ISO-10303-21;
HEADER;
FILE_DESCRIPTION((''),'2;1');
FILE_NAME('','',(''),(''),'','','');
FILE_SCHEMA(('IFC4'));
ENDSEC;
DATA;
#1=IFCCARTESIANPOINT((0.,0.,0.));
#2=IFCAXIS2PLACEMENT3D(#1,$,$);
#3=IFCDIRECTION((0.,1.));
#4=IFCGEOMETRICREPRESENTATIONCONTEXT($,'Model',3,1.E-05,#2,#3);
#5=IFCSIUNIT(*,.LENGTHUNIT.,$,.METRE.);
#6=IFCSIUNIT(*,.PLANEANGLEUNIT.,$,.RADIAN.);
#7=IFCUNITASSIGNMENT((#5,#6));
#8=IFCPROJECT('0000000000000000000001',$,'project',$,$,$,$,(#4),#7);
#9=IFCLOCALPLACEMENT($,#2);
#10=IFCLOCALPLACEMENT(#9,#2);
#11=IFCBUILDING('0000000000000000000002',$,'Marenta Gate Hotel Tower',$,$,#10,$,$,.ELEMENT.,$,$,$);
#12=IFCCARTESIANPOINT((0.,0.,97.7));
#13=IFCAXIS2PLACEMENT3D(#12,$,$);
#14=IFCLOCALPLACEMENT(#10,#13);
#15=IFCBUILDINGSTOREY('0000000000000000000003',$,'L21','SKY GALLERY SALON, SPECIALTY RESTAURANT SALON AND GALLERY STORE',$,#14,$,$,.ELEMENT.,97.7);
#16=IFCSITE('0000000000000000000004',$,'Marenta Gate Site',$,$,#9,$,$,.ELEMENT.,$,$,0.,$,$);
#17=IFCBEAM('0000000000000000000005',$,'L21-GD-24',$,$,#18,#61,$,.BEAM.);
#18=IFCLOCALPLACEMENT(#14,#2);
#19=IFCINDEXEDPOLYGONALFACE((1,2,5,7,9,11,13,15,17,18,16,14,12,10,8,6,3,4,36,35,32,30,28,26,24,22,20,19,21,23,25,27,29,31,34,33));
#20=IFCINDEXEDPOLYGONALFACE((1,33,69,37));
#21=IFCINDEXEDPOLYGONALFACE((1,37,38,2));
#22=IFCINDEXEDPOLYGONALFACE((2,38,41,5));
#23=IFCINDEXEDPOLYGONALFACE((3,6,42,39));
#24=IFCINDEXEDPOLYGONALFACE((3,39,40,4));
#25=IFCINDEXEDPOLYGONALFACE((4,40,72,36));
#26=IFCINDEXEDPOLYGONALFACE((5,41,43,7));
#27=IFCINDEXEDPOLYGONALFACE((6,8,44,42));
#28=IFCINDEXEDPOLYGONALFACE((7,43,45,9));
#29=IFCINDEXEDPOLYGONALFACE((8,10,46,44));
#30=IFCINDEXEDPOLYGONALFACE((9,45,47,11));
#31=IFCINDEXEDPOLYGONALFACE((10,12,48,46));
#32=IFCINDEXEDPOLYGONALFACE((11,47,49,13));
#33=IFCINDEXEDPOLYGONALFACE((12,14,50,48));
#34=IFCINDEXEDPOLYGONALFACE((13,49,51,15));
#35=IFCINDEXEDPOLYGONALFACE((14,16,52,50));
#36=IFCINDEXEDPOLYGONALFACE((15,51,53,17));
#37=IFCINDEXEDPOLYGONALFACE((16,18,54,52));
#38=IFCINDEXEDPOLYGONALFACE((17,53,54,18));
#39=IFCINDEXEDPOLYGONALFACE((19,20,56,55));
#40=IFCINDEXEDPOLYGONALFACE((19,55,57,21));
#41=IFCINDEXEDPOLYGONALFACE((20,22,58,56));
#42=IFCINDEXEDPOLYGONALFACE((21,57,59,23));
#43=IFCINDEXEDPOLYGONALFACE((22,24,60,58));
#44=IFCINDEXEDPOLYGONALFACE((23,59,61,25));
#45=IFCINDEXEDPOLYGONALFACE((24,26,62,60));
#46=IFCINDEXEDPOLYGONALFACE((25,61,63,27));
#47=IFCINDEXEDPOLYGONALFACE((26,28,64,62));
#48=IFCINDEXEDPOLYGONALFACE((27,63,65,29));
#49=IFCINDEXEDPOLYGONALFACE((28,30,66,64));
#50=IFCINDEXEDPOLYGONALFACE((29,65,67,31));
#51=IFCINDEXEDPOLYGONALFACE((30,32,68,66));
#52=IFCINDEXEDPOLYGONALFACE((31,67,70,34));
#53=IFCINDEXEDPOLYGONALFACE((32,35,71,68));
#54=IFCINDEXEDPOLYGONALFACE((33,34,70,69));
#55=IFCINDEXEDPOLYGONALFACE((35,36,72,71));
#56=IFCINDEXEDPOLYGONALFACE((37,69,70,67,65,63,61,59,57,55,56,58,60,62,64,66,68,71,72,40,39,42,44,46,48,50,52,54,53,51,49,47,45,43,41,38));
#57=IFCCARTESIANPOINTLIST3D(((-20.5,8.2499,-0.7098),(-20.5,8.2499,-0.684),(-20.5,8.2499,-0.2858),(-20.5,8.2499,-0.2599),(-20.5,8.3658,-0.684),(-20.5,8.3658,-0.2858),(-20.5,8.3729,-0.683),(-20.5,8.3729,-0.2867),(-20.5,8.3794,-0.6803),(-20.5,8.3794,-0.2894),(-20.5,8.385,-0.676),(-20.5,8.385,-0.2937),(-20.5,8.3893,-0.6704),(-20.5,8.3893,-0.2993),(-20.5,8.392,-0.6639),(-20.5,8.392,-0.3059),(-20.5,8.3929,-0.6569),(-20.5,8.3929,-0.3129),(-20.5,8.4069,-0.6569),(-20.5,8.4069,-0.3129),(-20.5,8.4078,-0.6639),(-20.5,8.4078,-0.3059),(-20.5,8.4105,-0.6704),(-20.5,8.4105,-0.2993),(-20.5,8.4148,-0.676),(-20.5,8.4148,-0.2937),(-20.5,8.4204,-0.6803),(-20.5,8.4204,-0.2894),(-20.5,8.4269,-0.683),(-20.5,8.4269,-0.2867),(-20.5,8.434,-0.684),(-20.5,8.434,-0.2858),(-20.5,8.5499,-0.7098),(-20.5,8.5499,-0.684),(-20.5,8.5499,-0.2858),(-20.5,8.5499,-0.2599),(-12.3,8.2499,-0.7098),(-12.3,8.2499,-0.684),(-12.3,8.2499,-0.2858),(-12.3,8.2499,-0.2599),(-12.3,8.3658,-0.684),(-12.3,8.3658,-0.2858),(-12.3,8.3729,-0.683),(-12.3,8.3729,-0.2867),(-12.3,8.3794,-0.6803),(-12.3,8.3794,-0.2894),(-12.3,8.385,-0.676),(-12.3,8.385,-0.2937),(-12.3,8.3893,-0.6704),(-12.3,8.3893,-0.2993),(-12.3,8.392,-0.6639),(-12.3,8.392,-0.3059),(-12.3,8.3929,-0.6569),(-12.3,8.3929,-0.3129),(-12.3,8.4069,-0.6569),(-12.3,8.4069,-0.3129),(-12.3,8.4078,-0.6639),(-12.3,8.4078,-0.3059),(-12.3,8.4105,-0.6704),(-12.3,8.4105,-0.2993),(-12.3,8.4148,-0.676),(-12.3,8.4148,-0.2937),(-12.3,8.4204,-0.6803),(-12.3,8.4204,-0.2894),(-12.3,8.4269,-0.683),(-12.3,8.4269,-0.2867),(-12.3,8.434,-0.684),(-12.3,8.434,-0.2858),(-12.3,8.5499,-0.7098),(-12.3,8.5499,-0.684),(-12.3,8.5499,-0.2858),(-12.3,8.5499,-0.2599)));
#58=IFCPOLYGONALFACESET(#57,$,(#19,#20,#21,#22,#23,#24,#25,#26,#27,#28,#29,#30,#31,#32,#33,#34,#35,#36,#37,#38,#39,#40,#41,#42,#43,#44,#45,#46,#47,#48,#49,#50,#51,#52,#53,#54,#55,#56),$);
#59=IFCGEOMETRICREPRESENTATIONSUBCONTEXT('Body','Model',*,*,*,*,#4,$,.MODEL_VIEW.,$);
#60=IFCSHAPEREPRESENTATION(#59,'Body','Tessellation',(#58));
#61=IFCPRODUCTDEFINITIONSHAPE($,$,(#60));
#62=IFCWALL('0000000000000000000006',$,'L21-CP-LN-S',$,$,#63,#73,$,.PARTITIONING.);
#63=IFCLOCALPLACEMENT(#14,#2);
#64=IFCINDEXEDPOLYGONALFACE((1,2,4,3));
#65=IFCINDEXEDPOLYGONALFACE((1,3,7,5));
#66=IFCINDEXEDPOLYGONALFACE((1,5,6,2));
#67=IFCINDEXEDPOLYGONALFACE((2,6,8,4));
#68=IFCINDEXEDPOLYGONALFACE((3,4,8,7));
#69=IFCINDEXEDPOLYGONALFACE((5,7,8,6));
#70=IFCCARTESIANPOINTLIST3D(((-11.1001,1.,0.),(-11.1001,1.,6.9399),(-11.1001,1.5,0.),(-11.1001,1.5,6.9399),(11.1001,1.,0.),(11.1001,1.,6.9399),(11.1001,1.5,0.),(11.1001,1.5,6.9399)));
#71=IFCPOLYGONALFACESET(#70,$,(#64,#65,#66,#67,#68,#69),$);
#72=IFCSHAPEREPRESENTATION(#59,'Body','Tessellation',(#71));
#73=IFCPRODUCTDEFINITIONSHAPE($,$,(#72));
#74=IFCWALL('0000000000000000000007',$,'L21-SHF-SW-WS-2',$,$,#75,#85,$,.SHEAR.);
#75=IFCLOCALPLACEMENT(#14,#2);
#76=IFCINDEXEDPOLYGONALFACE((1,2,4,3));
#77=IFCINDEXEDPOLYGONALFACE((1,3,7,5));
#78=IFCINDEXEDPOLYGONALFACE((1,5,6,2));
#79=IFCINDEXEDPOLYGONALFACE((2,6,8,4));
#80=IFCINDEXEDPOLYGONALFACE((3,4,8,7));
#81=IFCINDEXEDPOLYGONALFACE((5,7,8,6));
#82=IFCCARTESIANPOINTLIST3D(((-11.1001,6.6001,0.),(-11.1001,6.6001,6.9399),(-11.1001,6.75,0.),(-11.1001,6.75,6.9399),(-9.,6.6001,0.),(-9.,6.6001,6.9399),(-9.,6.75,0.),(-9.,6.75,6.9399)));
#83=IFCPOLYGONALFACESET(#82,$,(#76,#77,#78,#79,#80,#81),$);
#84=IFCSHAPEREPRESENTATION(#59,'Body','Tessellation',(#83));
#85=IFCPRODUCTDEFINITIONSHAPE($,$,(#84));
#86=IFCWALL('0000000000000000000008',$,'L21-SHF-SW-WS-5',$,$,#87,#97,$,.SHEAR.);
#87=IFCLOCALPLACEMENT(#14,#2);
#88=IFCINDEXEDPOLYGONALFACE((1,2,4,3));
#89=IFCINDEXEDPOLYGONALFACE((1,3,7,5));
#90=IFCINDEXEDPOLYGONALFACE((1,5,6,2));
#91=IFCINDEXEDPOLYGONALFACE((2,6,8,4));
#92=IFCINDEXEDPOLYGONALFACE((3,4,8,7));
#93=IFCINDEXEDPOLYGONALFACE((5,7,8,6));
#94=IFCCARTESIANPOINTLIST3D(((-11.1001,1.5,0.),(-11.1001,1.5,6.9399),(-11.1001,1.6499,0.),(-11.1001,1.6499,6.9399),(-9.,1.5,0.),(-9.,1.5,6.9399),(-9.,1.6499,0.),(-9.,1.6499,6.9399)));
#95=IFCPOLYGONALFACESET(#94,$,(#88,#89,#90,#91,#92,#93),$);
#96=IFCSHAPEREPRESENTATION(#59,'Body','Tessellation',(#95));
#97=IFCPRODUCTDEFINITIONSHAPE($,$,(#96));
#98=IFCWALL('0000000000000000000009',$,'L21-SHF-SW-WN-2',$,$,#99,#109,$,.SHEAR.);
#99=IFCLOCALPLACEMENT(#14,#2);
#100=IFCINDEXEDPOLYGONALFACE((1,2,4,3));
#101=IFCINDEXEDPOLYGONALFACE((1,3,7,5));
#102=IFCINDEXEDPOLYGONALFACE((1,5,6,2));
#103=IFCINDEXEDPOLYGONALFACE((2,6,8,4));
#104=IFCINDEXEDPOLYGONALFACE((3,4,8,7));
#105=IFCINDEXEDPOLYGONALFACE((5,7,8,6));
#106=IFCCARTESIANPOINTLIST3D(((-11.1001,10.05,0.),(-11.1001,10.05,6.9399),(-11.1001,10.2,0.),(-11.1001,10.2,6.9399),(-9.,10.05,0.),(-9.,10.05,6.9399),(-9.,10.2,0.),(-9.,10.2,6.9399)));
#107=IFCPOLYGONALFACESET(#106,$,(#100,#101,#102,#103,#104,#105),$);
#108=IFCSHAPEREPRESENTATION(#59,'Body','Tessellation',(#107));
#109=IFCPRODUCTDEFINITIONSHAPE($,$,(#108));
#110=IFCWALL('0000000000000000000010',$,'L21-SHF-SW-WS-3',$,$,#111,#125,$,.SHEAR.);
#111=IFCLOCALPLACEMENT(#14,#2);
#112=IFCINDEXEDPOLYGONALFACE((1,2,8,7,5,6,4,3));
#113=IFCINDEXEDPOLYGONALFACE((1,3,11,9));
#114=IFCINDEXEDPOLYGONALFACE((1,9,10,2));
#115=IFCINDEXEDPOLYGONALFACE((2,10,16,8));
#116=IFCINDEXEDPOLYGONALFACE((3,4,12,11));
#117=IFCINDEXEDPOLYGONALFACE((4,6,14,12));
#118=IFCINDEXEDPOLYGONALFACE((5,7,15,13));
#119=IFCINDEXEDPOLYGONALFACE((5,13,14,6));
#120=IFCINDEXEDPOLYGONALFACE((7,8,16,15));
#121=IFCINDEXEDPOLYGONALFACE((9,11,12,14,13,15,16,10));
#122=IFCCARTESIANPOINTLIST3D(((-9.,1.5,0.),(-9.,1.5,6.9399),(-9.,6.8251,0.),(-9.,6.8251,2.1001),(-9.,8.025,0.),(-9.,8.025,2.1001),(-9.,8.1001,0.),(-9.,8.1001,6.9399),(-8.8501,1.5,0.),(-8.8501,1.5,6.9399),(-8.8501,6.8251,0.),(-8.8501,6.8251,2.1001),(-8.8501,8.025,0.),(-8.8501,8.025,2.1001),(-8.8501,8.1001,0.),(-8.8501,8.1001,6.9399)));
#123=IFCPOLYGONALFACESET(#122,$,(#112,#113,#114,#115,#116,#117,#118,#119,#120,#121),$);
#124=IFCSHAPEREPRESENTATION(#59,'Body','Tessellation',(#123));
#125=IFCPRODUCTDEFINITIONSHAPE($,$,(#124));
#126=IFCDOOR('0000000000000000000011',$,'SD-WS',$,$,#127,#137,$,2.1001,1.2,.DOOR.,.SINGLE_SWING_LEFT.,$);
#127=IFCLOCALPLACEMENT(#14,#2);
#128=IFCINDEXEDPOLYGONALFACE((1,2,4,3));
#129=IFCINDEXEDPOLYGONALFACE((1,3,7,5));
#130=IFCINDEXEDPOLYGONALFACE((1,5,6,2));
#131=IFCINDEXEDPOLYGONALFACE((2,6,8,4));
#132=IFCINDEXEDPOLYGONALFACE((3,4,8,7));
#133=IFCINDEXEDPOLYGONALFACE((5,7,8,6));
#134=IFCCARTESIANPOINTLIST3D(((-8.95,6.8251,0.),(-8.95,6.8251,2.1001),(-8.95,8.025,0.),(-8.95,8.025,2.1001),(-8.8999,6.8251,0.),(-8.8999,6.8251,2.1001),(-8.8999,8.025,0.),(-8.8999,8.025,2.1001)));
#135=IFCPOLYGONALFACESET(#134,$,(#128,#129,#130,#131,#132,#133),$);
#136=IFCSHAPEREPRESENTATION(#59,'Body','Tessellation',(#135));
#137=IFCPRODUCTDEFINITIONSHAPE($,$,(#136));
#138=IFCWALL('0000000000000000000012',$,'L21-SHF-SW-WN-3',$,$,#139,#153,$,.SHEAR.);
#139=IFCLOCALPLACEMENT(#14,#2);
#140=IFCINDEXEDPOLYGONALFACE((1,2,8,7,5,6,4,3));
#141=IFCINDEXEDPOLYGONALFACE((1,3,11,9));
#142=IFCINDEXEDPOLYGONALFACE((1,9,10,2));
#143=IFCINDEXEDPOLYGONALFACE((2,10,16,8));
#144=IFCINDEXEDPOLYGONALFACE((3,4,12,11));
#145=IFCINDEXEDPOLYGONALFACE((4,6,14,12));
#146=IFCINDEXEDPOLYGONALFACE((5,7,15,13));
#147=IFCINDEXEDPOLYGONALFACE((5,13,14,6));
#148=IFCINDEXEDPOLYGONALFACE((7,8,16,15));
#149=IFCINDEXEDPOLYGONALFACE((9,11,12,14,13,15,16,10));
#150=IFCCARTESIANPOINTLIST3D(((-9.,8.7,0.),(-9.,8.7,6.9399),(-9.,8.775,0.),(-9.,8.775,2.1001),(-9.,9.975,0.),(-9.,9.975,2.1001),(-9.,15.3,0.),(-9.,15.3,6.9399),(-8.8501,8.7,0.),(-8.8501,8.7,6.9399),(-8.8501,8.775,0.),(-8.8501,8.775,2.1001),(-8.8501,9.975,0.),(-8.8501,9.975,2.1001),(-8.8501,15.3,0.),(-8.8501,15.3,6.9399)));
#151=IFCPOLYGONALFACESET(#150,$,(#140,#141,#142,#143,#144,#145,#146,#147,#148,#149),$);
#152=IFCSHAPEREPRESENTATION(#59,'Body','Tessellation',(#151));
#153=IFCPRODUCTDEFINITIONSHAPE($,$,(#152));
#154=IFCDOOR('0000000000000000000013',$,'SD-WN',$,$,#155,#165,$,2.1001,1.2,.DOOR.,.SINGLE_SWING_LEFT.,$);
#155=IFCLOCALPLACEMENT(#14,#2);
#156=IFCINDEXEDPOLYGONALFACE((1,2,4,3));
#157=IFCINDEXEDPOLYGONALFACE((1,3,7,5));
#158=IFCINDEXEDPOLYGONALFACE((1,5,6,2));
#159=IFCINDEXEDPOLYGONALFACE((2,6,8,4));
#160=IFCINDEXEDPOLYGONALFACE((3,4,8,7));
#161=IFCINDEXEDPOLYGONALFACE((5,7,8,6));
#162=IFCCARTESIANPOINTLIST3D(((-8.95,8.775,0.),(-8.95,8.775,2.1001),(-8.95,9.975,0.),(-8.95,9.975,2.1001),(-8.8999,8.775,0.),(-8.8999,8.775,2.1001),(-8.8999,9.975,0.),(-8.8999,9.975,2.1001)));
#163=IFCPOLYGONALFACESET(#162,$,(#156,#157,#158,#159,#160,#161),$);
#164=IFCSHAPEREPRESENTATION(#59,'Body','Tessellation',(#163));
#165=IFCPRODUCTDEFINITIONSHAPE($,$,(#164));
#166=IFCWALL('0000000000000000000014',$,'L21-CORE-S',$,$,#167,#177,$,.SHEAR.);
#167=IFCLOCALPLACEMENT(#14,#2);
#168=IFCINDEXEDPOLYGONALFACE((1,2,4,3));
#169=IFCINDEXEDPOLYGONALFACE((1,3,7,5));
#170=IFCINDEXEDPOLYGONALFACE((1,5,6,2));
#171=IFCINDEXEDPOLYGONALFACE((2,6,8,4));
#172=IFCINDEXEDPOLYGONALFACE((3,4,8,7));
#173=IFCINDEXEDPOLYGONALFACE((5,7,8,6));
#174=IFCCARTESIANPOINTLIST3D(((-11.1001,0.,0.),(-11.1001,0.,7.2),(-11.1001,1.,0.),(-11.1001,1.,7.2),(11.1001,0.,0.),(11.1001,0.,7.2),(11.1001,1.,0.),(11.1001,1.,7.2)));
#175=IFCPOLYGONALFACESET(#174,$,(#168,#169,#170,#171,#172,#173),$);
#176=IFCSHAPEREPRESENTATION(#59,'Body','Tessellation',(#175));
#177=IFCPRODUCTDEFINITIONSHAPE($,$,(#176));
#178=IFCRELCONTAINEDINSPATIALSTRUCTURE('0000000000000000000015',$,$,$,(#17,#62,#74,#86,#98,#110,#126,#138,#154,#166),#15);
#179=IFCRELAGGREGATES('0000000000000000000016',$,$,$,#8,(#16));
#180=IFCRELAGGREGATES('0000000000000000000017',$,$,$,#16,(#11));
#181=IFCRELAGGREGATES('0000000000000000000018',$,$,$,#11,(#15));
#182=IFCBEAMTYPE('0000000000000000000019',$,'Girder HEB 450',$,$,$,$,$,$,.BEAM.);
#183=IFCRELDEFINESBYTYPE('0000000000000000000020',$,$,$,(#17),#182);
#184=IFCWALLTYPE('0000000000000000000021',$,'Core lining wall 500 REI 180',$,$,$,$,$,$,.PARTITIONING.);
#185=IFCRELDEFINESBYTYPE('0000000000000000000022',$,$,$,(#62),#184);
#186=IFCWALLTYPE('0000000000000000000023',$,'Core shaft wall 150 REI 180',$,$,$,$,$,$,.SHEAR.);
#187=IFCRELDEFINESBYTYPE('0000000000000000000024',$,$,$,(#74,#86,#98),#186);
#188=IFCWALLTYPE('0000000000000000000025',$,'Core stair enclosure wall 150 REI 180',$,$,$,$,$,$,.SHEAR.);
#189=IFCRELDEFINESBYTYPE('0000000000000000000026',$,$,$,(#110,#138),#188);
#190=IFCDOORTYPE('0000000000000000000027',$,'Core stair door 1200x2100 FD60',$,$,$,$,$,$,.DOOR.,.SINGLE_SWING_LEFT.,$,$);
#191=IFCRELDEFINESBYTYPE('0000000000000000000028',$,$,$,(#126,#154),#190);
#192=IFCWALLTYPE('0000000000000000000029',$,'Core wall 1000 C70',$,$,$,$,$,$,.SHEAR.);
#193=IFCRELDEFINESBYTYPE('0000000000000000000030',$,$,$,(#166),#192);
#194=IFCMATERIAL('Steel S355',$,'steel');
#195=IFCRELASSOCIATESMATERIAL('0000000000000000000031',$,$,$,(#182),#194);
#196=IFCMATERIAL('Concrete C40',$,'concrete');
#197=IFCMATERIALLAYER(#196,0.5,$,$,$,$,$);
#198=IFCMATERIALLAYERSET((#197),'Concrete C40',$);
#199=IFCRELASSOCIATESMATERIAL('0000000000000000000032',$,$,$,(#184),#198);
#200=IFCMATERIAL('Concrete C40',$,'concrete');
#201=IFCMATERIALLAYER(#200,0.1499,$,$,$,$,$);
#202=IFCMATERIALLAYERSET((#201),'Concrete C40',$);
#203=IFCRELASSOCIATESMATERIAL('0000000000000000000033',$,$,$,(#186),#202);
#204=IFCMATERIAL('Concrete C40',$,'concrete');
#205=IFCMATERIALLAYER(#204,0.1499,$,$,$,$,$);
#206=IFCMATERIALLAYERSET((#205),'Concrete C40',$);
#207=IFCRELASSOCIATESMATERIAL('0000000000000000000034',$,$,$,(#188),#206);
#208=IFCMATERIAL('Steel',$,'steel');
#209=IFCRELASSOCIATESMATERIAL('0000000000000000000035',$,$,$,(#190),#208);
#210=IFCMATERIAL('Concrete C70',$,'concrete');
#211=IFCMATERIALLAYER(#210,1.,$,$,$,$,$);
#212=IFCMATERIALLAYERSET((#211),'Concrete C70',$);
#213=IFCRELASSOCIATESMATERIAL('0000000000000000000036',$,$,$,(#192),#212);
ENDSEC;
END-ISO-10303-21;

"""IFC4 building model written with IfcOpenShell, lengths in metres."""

from ifc_helpers import new_model, si_unit, direction, frame, frame_2d, origin, origin_2d, place, context, subcontext, project, spatial, rectangle, i_section, extrude, material, layer, layer_set, material_profile, profile_set, type_object, element, fill, save


model = new_model("IFC4")

# Units and contexts
model_context = context("Model", 3, precision=1e-05, world=origin(), true_north=direction((0.0, 1.0)))
body_context = subcontext(model_context, "Body", "Model", "MODEL_VIEW")
ifc_project = project(units=[si_unit("LENGTHUNIT", "METRE"), si_unit("PLANEANGLEUNIT", "RADIAN")], contexts=[model_context])

# Site, building, storey
site_placement = place(None, origin())
site = spatial("IfcSite", under=ifc_project, at=site_placement, Name="Marenta Gate Site", CompositionType="ELEMENT", RefElevation=0.0)
building_placement = place(site_placement, origin())
building = spatial("IfcBuilding", under=site, at=building_placement, Name="Marenta Gate Hotel Tower", CompositionType="ELEMENT")
storey_placement = place(building_placement, frame((0.0, 0.0, 97.7)))
storey = spatial("IfcBuildingStorey", under=building, at=storey_placement, Name="L21", Description="SKY GALLERY SALON, SPECIALTY RESTAURANT SALON AND GALLERY STORE", CompositionType="ELEMENT", Elevation=97.7)

# Beam
ifc_material_1 = material(Name="Steel S355", Category="steel")
ifc_material_profile_1 = material_profile(ifc_material_1, i_section(OverallWidth=0.3, OverallDepth=0.45, WebThickness=0.0139, FlangeThickness=0.0259, FilletRadius=0.0271, at=origin_2d()), Name="HEB 450")
ifc_profile_set_1 = profile_set([ifc_material_profile_1], Name="Steel S355")
beam_type_1 = type_object("IfcBeamType", Name="Girder HEB 450", PredefinedType="BEAM", material=ifc_profile_set_1)
beam_1_placement = place(storey_placement, frame((-20.5, 8.3999, -0.4849), z_axis=(1.0, 0.0, 0.0), x_axis=(0.0, 1.0, 0.0)))
element("IfcBeam", 1, at=beam_1_placement, inside=storey, type_object=beam_type_1, Name="L21-GD-24", PredefinedType="BEAM", context=body_context, shape_type="SweptSolid", body=[
    extrude(i_section(OverallWidth=0.3, OverallDepth=0.45, WebThickness=0.0139, FlangeThickness=0.0259, FilletRadius=0.0271, at=origin_2d()), origin(), (0.0, 0.0, 1.0), 8.2),
])

# Walls
ifc_material_2 = material(Name="Concrete C40", Category="concrete")
ifc_layer_1 = layer(ifc_material_2, 0.5)
ifc_layer_set_1 = layer_set([ifc_layer_1], Name="Concrete C40")
wall_type_1 = type_object("IfcWallType", Name="Core lining wall 500 REI 180", PredefinedType="PARTITIONING", material=ifc_layer_set_1)
wall_1_placement = place(storey_placement, frame((-11.1001, 1.25, 0.0), z_axis=(0.0, 0.0, 1.0), x_axis=(1.0, 0.0, 0.0)))
element("IfcWall", 2, at=wall_1_placement, inside=storey, type_object=wall_type_1, Name="L21-CP-LN-S", PredefinedType="PARTITIONING", context=body_context, shape_type="SweptSolid", body=[
    extrude(rectangle(XDim=22.2002, YDim=0.5, at=frame_2d((11.1001, 0.0))), origin(), (0.0, 0.0, 1.0), 6.9399),
])
ifc_material_3 = material(Name="Concrete C40", Category="concrete")
ifc_layer_2 = layer(ifc_material_3, 0.1499)
ifc_layer_set_2 = layer_set([ifc_layer_2], Name="Concrete C40")
wall_type_2 = type_object("IfcWallType", Name="Core shaft wall 150 REI 180", PredefinedType="SHEAR", material=ifc_layer_set_2)
for number, where, z_axis, x_axis, name in (
    (3, (-11.1001, 6.675, 0.0), (0.0, 0.0, 1.0), (1.0, 0.0, 0.0), "L21-SHF-SW-WS-2"),
    (4, (-11.1001, 1.575, 0.0), (0.0, 0.0, 1.0), (1.0, 0.0, 0.0), "L21-SHF-SW-WS-5"),
    (5, (-11.1001, 10.125, 0.0), (0.0, 0.0, 1.0), (1.0, 0.0, 0.0), "L21-SHF-SW-WN-2"),
):
    element("IfcWall", number, at=place(storey_placement, frame(where, z_axis=z_axis, x_axis=x_axis)), inside=storey, type_object=wall_type_2, Name=name, PredefinedType="SHEAR", context=body_context, shape_type="SweptSolid", body=[
        extrude(rectangle(XDim=2.1001, YDim=0.1499, at=frame_2d((1.05, 0.0))), origin(), (0.0, 0.0, 1.0), 6.9399),
    ])

# Walls, openings, doors
ifc_material_4 = material(Name="Concrete C40", Category="concrete")
ifc_layer_3 = layer(ifc_material_4, 0.1499)
ifc_layer_set_3 = layer_set([ifc_layer_3], Name="Concrete C40")
wall_type_3 = type_object("IfcWallType", Name="Core stair enclosure wall 150 REI 180", PredefinedType="SHEAR", material=ifc_layer_set_3)
wall_2_placement = place(storey_placement, frame((-8.925, 1.5, 0.0), z_axis=(0.0, 0.0, 1.0), x_axis=(0.0, 1.0, 0.0)))
wall_2 = element("IfcWall", 6, at=wall_2_placement, inside=storey, type_object=wall_type_3, Name="L21-SHF-SW-WS-3", PredefinedType="SHEAR", context=body_context, shape_type="SweptSolid", body=[
    extrude(rectangle(XDim=6.6001, YDim=0.1499, at=frame_2d((3.3, 0.0))), origin(), (0.0, 0.0, 1.0), 6.9399),
])
opening_1_placement = place(wall_2_placement, frame((5.325, 0.0, 0.0)))
opening_1 = element("IfcOpeningElement", 7, at=opening_1_placement, cuts=wall_2, PredefinedType="OPENING", context=body_context, shape_type="SweptSolid", body=[
    extrude(rectangle(XDim=1.2, YDim=2.1001, at=frame_2d((0.6001, 1.05))), frame((0.0, 0.075, 0.0), z_axis=(0.0, -1.0, 0.0), x_axis=(1.0, 0.0, 0.0)), (0.0, 0.0, 1.0), 0.1499),
])
ifc_material_5 = material(Name="Steel", Category="steel")
door_type_1 = type_object("IfcDoorType", Name="Core stair door 1200x2100 FD60", OperationType="SINGLE_SWING_LEFT", PredefinedType="DOOR", material=ifc_material_5)
door_1_placement = place(opening_1_placement, origin())
door_1 = element("IfcDoor", 8, at=door_1_placement, inside=storey, type_object=door_type_1, Name="SD-WS", OperationType="SINGLE_SWING_LEFT", OverallHeight=2.1001, OverallWidth=1.2, PredefinedType="DOOR", context=body_context, shape_type="SweptSolid", body=[
    extrude(rectangle(XDim=1.2, YDim=2.1001, at=frame_2d((0.6001, 1.05))), frame((0.0, 0.0249, 0.0), z_axis=(0.0, -1.0, 0.0), x_axis=(1.0, 0.0, 0.0)), (0.0, 0.0, 1.0), 0.05),
])
fill(opening_1, door_1)
wall_3_placement = place(storey_placement, frame((-8.925, 8.7, 0.0), z_axis=(0.0, 0.0, 1.0), x_axis=(0.0, 1.0, 0.0)))
wall_3 = element("IfcWall", 9, at=wall_3_placement, inside=storey, type_object=wall_type_3, Name="L21-SHF-SW-WN-3", PredefinedType="SHEAR", context=body_context, shape_type="SweptSolid", body=[
    extrude(rectangle(XDim=6.6001, YDim=0.1499, at=frame_2d((3.3, 0.0))), origin(), (0.0, 0.0, 1.0), 6.9399),
])
opening_2_placement = place(wall_3_placement, frame((0.075, 0.0, 0.0)))
opening_2 = element("IfcOpeningElement", 10, at=opening_2_placement, cuts=wall_3, PredefinedType="OPENING", context=body_context, shape_type="SweptSolid", body=[
    extrude(rectangle(XDim=1.2, YDim=2.1001, at=frame_2d((0.6001, 1.05))), frame((0.0, 0.075, 0.0), z_axis=(0.0, -1.0, 0.0), x_axis=(1.0, 0.0, 0.0)), (0.0, 0.0, 1.0), 0.1499),
])
door_2_placement = place(opening_2_placement, origin())
door_2 = element("IfcDoor", 11, at=door_2_placement, inside=storey, type_object=door_type_1, Name="SD-WN", OperationType="SINGLE_SWING_LEFT", OverallHeight=2.1001, OverallWidth=1.2, PredefinedType="DOOR", context=body_context, shape_type="SweptSolid", body=[
    extrude(rectangle(XDim=1.2, YDim=2.1001, at=frame_2d((0.6001, 1.05))), frame((0.0, 0.0249, 0.0), z_axis=(0.0, -1.0, 0.0), x_axis=(1.0, 0.0, 0.0)), (0.0, 0.0, 1.0), 0.05),
])
fill(opening_2, door_2)

# Wall
ifc_material_6 = material(Name="Concrete C70", Category="concrete")
ifc_layer_4 = layer(ifc_material_6, 1.0)
ifc_layer_set_4 = layer_set([ifc_layer_4], Name="Concrete C70")
wall_type_4 = type_object("IfcWallType", Name="Core wall 1000 C70", PredefinedType="SHEAR", material=ifc_layer_set_4)
wall_4_placement = place(storey_placement, frame((-11.1001, 0.5, 0.0), z_axis=(0.0, 0.0, 1.0), x_axis=(1.0, 0.0, 0.0)))
element("IfcWall", 12, at=wall_4_placement, inside=storey, type_object=wall_type_4, Name="L21-CORE-S", PredefinedType="SHEAR", context=body_context, shape_type="SweptSolid", body=[
    extrude(rectangle(XDim=22.2002, YDim=1.0, at=frame_2d((11.1001, 0.0))), origin(), (0.0, 0.0, 1.0), 7.2),
])

save(model, "model.ifc")
